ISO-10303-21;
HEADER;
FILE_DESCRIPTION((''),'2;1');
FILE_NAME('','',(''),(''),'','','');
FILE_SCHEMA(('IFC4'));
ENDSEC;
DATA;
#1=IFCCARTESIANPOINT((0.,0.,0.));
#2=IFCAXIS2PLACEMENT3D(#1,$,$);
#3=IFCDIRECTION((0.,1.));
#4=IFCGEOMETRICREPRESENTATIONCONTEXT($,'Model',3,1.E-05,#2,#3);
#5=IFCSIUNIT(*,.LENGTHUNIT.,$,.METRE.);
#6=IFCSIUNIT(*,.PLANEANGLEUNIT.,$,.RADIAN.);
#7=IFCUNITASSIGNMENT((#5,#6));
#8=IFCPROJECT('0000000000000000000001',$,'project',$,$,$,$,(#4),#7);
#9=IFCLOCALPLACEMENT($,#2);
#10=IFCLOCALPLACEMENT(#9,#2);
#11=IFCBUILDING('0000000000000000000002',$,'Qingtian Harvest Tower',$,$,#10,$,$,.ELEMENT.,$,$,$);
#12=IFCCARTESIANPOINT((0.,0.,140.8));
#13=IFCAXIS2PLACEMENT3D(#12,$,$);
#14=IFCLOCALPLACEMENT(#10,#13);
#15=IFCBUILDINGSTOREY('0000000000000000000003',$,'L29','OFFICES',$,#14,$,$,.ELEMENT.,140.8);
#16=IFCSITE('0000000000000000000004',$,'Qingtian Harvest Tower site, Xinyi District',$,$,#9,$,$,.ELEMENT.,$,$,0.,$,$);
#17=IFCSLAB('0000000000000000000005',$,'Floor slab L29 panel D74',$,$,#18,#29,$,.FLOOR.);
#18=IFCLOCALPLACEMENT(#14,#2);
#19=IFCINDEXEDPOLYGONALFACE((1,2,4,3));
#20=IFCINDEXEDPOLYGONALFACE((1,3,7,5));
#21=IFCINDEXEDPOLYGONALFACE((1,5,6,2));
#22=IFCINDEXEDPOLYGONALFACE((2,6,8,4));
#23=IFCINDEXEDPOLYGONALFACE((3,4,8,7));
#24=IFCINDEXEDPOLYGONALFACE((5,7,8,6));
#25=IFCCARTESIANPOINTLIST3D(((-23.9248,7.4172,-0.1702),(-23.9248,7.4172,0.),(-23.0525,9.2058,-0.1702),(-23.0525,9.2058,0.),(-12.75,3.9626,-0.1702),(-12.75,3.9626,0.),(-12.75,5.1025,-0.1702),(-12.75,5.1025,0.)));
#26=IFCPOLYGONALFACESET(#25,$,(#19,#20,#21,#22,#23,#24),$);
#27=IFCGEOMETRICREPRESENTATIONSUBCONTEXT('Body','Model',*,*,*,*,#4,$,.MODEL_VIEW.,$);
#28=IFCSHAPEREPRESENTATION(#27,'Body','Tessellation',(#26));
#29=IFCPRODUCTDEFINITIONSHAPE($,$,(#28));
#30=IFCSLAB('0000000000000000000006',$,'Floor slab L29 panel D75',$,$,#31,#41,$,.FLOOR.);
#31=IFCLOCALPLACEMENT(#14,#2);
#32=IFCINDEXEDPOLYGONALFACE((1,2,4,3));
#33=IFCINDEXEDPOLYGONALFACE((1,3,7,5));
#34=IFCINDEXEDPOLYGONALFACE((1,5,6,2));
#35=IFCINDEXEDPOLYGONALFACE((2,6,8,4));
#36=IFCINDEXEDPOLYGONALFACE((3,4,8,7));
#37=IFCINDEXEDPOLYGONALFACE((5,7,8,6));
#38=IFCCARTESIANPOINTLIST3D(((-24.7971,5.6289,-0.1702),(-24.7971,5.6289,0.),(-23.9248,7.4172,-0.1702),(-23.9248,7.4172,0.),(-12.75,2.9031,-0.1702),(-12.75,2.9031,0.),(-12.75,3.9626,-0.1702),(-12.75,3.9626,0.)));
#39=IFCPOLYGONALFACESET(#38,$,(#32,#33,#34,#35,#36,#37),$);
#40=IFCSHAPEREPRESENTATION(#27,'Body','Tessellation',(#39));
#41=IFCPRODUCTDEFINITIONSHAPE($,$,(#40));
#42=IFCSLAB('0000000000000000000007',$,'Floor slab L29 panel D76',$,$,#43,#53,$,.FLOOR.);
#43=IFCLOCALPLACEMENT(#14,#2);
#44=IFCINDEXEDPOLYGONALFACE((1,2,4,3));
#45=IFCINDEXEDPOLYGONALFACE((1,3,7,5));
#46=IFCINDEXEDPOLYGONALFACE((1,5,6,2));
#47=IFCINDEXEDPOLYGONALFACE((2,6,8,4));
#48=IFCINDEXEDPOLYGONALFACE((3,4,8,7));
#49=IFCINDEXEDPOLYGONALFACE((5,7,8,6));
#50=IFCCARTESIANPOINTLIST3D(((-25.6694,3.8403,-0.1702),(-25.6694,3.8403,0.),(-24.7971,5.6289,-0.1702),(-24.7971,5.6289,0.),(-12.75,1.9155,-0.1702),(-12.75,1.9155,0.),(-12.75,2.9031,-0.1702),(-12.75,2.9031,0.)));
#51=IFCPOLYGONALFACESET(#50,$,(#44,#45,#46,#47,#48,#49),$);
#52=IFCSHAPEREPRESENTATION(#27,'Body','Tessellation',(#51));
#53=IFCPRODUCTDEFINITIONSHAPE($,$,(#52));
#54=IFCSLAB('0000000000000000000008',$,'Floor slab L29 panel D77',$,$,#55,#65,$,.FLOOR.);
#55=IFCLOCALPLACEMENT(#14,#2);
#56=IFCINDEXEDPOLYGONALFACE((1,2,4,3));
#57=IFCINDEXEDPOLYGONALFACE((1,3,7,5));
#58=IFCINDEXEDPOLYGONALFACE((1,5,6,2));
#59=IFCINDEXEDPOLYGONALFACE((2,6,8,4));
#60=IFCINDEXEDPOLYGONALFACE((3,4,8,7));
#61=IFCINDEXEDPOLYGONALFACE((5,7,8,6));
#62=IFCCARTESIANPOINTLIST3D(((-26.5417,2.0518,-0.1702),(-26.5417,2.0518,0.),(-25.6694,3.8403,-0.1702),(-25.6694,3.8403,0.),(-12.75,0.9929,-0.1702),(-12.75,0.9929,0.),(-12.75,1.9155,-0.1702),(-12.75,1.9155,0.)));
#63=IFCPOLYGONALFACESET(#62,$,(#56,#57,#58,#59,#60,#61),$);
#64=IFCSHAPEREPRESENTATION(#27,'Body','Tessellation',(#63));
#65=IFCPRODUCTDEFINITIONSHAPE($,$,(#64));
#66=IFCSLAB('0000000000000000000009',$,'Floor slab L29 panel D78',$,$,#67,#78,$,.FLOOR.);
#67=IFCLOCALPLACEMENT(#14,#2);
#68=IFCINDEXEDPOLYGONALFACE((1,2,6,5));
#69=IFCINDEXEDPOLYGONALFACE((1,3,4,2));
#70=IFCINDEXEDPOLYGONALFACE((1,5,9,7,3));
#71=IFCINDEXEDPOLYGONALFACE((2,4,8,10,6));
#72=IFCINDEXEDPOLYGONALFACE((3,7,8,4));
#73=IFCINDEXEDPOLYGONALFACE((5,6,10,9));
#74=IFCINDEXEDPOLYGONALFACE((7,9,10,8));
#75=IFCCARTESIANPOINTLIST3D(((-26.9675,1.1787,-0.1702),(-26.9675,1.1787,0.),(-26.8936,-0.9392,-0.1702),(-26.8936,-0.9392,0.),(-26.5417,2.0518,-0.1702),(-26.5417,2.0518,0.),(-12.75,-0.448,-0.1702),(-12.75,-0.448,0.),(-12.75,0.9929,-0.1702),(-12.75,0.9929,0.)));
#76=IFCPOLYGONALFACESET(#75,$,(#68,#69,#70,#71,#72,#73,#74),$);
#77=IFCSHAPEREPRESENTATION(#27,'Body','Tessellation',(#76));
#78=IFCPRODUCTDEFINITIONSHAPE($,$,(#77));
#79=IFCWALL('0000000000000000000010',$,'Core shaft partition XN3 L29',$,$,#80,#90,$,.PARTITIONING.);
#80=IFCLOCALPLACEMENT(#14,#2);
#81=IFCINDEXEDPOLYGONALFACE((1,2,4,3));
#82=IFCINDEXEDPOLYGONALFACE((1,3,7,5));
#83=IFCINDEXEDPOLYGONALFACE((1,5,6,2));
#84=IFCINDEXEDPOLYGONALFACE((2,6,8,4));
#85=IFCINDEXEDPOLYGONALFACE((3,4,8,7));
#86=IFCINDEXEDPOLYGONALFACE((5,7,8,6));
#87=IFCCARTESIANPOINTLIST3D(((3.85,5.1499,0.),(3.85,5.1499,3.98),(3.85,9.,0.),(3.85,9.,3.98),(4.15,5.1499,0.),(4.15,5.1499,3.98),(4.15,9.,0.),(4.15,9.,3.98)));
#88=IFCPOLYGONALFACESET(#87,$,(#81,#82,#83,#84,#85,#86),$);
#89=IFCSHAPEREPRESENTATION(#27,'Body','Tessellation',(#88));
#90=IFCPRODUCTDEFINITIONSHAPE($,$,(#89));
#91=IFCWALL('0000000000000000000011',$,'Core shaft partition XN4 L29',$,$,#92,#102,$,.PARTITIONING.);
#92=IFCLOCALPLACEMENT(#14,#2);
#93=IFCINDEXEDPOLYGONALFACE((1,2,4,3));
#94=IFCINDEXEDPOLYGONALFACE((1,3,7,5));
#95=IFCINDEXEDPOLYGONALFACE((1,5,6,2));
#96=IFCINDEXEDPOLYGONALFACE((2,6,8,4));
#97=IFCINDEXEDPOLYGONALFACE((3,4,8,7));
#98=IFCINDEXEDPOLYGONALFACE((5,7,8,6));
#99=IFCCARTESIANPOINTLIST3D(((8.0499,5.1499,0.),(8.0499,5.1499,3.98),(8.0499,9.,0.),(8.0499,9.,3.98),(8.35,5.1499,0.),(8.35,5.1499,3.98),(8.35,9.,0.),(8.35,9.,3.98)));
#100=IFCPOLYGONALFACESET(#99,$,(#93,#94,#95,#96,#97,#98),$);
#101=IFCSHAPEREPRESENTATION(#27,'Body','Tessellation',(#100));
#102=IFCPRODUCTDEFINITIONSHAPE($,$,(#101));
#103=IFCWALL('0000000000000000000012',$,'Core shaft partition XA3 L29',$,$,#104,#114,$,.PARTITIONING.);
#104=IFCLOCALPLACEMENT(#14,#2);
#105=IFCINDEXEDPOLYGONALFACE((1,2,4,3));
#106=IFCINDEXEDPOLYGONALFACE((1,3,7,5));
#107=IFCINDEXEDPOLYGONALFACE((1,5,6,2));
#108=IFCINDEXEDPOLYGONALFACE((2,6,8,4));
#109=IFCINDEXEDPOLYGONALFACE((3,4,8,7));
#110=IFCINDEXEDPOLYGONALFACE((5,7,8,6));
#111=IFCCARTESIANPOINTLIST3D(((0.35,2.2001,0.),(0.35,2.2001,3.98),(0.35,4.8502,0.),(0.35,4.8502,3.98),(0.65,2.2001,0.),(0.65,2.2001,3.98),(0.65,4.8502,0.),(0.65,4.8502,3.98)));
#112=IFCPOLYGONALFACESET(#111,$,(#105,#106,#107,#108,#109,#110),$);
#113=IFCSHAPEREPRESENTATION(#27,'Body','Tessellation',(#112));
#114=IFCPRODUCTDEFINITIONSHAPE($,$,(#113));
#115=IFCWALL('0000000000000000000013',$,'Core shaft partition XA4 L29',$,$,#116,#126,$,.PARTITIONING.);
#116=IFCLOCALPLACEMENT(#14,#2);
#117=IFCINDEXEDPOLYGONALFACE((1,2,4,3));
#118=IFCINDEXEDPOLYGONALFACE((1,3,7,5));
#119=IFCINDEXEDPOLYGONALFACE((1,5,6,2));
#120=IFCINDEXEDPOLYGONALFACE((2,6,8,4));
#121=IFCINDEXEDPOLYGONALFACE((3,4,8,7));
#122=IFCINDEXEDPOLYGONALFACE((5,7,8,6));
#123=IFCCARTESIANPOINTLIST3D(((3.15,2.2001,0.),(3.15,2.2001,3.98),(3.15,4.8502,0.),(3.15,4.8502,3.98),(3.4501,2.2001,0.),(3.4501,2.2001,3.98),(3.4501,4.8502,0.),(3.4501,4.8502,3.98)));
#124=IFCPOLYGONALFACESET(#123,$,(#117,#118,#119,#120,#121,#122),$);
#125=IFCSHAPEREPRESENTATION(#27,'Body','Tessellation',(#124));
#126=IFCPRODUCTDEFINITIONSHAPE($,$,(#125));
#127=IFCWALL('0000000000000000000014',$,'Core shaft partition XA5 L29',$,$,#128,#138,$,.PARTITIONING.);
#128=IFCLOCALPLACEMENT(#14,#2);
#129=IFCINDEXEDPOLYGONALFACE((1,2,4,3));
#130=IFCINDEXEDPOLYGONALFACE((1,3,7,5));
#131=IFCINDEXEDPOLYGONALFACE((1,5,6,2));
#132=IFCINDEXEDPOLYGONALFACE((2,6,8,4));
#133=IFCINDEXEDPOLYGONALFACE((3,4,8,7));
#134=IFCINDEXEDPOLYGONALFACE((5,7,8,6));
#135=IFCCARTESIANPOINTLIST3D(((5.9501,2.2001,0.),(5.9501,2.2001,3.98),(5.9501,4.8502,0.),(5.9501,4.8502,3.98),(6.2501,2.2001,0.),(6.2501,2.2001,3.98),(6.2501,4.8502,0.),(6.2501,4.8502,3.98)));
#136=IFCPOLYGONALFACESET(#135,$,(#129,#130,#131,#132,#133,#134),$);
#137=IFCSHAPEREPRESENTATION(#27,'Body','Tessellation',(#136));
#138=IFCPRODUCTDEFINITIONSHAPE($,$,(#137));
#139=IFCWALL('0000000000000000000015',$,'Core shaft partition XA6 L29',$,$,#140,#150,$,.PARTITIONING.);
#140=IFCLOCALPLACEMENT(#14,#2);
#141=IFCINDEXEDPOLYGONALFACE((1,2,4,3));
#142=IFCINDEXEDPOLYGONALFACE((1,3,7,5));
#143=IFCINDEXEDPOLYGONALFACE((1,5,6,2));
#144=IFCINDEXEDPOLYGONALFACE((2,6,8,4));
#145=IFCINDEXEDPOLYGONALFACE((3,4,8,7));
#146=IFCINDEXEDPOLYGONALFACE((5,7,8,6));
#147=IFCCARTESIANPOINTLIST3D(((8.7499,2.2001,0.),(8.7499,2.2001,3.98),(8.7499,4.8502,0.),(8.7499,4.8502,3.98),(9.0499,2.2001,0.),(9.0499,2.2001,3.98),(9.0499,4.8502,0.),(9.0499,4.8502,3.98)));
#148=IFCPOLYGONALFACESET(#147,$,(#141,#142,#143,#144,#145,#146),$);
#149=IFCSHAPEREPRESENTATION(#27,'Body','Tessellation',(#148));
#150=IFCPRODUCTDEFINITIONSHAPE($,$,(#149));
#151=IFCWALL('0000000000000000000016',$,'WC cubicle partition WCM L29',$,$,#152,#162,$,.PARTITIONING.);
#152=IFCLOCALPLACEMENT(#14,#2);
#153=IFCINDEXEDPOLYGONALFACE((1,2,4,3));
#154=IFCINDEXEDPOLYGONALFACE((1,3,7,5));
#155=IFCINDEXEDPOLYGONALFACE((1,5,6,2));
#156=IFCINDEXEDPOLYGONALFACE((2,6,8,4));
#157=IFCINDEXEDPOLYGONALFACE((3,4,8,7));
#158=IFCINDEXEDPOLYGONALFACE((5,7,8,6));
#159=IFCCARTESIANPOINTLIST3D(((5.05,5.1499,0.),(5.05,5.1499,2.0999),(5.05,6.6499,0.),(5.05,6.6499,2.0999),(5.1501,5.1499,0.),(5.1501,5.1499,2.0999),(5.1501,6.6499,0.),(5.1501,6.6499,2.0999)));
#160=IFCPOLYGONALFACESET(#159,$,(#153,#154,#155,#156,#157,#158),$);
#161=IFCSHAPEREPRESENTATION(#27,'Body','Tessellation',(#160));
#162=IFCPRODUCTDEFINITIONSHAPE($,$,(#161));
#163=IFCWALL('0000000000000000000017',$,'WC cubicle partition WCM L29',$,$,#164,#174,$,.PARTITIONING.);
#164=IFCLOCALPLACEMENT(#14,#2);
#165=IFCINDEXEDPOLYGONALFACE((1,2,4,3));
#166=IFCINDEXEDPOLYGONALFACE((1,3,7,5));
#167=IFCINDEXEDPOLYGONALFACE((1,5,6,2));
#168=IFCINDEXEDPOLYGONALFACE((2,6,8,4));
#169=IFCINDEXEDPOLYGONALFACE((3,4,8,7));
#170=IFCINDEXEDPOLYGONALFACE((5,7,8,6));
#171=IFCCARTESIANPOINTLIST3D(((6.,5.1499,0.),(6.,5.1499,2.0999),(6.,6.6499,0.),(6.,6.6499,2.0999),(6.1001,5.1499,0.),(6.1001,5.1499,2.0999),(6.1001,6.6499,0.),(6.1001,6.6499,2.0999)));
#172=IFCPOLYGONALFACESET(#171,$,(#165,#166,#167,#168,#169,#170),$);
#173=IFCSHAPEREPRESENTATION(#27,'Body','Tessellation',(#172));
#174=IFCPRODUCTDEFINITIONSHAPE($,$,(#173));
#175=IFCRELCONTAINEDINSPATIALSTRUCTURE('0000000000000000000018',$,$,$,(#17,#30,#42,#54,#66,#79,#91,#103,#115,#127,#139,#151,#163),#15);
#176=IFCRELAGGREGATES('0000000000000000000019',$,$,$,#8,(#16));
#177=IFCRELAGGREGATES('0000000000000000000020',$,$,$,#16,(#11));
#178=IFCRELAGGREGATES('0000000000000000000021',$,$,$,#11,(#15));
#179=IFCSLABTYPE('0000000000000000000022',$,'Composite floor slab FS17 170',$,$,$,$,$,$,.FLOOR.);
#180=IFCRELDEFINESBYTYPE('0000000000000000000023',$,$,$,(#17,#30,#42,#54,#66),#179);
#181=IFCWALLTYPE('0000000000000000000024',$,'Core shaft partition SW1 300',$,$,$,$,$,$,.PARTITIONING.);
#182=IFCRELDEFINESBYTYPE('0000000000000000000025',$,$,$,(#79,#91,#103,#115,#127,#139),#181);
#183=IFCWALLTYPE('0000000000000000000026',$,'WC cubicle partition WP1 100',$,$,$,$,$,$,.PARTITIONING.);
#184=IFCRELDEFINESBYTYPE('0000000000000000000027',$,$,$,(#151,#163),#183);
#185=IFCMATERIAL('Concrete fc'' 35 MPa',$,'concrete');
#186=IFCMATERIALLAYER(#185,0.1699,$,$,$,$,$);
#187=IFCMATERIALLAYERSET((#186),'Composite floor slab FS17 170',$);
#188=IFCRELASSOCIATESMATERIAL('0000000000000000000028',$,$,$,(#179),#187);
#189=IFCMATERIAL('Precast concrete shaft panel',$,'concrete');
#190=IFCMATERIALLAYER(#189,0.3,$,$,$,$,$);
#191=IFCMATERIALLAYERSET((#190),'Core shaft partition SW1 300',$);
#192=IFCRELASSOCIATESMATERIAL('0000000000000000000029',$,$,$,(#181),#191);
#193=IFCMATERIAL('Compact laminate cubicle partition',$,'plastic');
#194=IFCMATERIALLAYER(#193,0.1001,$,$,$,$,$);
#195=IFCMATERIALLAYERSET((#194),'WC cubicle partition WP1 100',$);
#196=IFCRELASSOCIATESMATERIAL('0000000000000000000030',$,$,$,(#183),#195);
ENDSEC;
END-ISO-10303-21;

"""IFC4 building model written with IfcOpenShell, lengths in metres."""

from ifc_helpers import new_model, si_unit, direction, frame, frame_2d, origin, place, context, subcontext, project, spatial, polyline, rectangle, outline, extrude, material, layer, layer_set, type_object, element, save


model = new_model("IFC4")

# Units and contexts
model_context = context("Model", 3, precision=1e-05, world=origin(), true_north=direction((0.0, 1.0)))
body_context = subcontext(model_context, "Body", "Model", "MODEL_VIEW")
ifc_project = project(units=[si_unit("LENGTHUNIT", "METRE"), si_unit("PLANEANGLEUNIT", "RADIAN")], contexts=[model_context])

# Site, building, storey
site_placement = place(None, origin())
site = spatial("IfcSite", under=ifc_project, at=site_placement, Name="Qingtian Harvest Tower site, Xinyi District", CompositionType="ELEMENT", RefElevation=0.0)
building_placement = place(site_placement, origin())
building = spatial("IfcBuilding", under=site, at=building_placement, Name="Qingtian Harvest Tower", CompositionType="ELEMENT")
storey_placement = place(building_placement, frame((0.0, 0.0, 140.8)))
storey = spatial("IfcBuildingStorey", under=building, at=storey_placement, Name="L29", Description="OFFICES", CompositionType="ELEMENT", Elevation=140.8)

# Slabs
ifc_material_1 = material(Name="Concrete fc' 35 MPa", Category="concrete")
ifc_layer_1 = layer(ifc_material_1, 0.1699)
ifc_layer_set_1 = layer_set([ifc_layer_1], Name="Composite floor slab FS17 170")
slab_type = type_object("IfcSlabType", Name="Composite floor slab FS17 170", PredefinedType="FLOOR", material=ifc_layer_set_1)
slab_1_placement = place(storey_placement, frame((0.0, 0.0, -0.1702)))
element("IfcSlab", 1, at=slab_1_placement, inside=storey, type_object=slab_type, Name="Floor slab L29 panel D74", PredefinedType="FLOOR", context=body_context, shape_type="SweptSolid", body=[
    extrude(outline(polyline([(-12.75, 3.9626), (-23.9248, 7.4172), (-23.0525, 9.2058), (-12.75, 5.1025), (-12.75, 3.9626)])), origin(), (0.0, 0.0, 1.0), 0.1702),
])
slab_2_placement = place(storey_placement, frame((0.0, 0.0, -0.1702)))
element("IfcSlab", 2, at=slab_2_placement, inside=storey, type_object=slab_type, Name="Floor slab L29 panel D75", PredefinedType="FLOOR", context=body_context, shape_type="SweptSolid", body=[
    extrude(outline(polyline([(-12.75, 2.9031), (-24.7971, 5.6289), (-23.9248, 7.4172), (-12.75, 3.9626), (-12.75, 2.9031)])), origin(), (0.0, 0.0, 1.0), 0.1702),
])
slab_3_placement = place(storey_placement, frame((0.0, 0.0, -0.1702)))
element("IfcSlab", 3, at=slab_3_placement, inside=storey, type_object=slab_type, Name="Floor slab L29 panel D76", PredefinedType="FLOOR", context=body_context, shape_type="SweptSolid", body=[
    extrude(outline(polyline([(-12.75, 1.9155), (-25.6694, 3.8403), (-24.7971, 5.6289), (-12.75, 2.9031), (-12.75, 1.9155)])), origin(), (0.0, 0.0, 1.0), 0.1702),
])
slab_4_placement = place(storey_placement, frame((0.0, 0.0, -0.1702)))
element("IfcSlab", 4, at=slab_4_placement, inside=storey, type_object=slab_type, Name="Floor slab L29 panel D77", PredefinedType="FLOOR", context=body_context, shape_type="SweptSolid", body=[
    extrude(outline(polyline([(-12.75, 0.9929), (-26.5417, 2.0518), (-25.6694, 3.8403), (-12.75, 1.9155), (-12.75, 0.9929)])), origin(), (0.0, 0.0, 1.0), 0.1702),
])
slab_5_placement = place(storey_placement, frame((0.0, 0.0, -0.1702)))
element("IfcSlab", 5, at=slab_5_placement, inside=storey, type_object=slab_type, Name="Floor slab L29 panel D78", PredefinedType="FLOOR", context=body_context, shape_type="SweptSolid", body=[
    extrude(outline(polyline([(-12.75, 0.9929), (-12.75, -0.448), (-26.8936, -0.9392), (-26.9675, 1.1787), (-26.5417, 2.0518), (-12.75, 0.9929)])), origin(), (0.0, 0.0, 1.0), 0.1702),
])

# Shared definitions
ifc_material_2 = material(Name="Precast concrete shaft panel", Category="concrete")
ifc_layer_2 = layer(ifc_material_2, 0.3)
ifc_layer_set_2 = layer_set([ifc_layer_2], Name="Core shaft partition SW1 300")
wall_type_1 = type_object("IfcWallType", Name="Core shaft partition SW1 300", PredefinedType="PARTITIONING", material=ifc_layer_set_2)

# Walls
for number, where, z_axis, x_axis, name in (
    (6, (4.0, 5.1499, 0.0), (0.0, 0.0, 1.0), (0.0, 1.0, 0.0), "Core shaft partition XN3 L29"),
    (7, (8.2, 5.1499, 0.0), (0.0, 0.0, 1.0), (0.0, 1.0, 0.0), "Core shaft partition XN4 L29"),
):
    element("IfcWall", number, at=place(storey_placement, frame(where, z_axis=z_axis, x_axis=x_axis)), inside=storey, type_object=wall_type_1, Name=name, PredefinedType="PARTITIONING", context=body_context, shape_type="SweptSolid", body=[
        extrude(rectangle(XDim=3.8501, YDim=0.3, at=frame_2d((1.925, 0.0))), origin(), (0.0, 0.0, 1.0), 3.98),
    ])
for number, where, z_axis, x_axis, name in (
    (8, (0.5, 2.2, 0.0), (0.0, 0.0, 1.0), (0.0, 1.0, 0.0), "Core shaft partition XA3 L29"),
    (9, (3.3, 2.2, 0.0), (0.0, 0.0, 1.0), (0.0, 1.0, 0.0), "Core shaft partition XA4 L29"),
    (10, (6.1001, 2.2, 0.0), (0.0, 0.0, 1.0), (0.0, 1.0, 0.0), "Core shaft partition XA5 L29"),
    (11, (8.8999, 2.2, 0.0), (0.0, 0.0, 1.0), (0.0, 1.0, 0.0), "Core shaft partition XA6 L29"),
):
    element("IfcWall", number, at=place(storey_placement, frame(where, z_axis=z_axis, x_axis=x_axis)), inside=storey, type_object=wall_type_1, Name=name, PredefinedType="PARTITIONING", context=body_context, shape_type="SweptSolid", body=[
        extrude(rectangle(XDim=2.6501, YDim=0.3, at=frame_2d((1.3252, 0.0))), origin(), (0.0, 0.0, 1.0), 3.98),
    ])

# Walls
ifc_material_3 = material(Name="Compact laminate cubicle partition", Category="plastic")
ifc_layer_3 = layer(ifc_material_3, 0.1001)
ifc_layer_set_3 = layer_set([ifc_layer_3], Name="WC cubicle partition WP1 100")
wall_type_2 = type_object("IfcWallType", Name="WC cubicle partition WP1 100", PredefinedType="PARTITIONING", material=ifc_layer_set_3)
for number, where, z_axis, x_axis, name in (
    (12, (5.1001, 5.1499, 0.0), (0.0, 0.0, 1.0), (0.0, 1.0, 0.0), "WC cubicle partition WCM L29"),
    (13, (6.05, 5.1499, 0.0), (0.0, 0.0, 1.0), (0.0, 1.0, 0.0), "WC cubicle partition WCM L29"),
):
    element("IfcWall", number, at=place(storey_placement, frame(where, z_axis=z_axis, x_axis=x_axis)), inside=storey, type_object=wall_type_2, Name=name, PredefinedType="PARTITIONING", context=body_context, shape_type="SweptSolid", body=[
        extrude(rectangle(XDim=1.5, YDim=0.1001, at=frame_2d((0.75, 0.0))), origin(), (0.0, 0.0, 1.0), 2.0999),
    ])

save(model, "model.ifc")
